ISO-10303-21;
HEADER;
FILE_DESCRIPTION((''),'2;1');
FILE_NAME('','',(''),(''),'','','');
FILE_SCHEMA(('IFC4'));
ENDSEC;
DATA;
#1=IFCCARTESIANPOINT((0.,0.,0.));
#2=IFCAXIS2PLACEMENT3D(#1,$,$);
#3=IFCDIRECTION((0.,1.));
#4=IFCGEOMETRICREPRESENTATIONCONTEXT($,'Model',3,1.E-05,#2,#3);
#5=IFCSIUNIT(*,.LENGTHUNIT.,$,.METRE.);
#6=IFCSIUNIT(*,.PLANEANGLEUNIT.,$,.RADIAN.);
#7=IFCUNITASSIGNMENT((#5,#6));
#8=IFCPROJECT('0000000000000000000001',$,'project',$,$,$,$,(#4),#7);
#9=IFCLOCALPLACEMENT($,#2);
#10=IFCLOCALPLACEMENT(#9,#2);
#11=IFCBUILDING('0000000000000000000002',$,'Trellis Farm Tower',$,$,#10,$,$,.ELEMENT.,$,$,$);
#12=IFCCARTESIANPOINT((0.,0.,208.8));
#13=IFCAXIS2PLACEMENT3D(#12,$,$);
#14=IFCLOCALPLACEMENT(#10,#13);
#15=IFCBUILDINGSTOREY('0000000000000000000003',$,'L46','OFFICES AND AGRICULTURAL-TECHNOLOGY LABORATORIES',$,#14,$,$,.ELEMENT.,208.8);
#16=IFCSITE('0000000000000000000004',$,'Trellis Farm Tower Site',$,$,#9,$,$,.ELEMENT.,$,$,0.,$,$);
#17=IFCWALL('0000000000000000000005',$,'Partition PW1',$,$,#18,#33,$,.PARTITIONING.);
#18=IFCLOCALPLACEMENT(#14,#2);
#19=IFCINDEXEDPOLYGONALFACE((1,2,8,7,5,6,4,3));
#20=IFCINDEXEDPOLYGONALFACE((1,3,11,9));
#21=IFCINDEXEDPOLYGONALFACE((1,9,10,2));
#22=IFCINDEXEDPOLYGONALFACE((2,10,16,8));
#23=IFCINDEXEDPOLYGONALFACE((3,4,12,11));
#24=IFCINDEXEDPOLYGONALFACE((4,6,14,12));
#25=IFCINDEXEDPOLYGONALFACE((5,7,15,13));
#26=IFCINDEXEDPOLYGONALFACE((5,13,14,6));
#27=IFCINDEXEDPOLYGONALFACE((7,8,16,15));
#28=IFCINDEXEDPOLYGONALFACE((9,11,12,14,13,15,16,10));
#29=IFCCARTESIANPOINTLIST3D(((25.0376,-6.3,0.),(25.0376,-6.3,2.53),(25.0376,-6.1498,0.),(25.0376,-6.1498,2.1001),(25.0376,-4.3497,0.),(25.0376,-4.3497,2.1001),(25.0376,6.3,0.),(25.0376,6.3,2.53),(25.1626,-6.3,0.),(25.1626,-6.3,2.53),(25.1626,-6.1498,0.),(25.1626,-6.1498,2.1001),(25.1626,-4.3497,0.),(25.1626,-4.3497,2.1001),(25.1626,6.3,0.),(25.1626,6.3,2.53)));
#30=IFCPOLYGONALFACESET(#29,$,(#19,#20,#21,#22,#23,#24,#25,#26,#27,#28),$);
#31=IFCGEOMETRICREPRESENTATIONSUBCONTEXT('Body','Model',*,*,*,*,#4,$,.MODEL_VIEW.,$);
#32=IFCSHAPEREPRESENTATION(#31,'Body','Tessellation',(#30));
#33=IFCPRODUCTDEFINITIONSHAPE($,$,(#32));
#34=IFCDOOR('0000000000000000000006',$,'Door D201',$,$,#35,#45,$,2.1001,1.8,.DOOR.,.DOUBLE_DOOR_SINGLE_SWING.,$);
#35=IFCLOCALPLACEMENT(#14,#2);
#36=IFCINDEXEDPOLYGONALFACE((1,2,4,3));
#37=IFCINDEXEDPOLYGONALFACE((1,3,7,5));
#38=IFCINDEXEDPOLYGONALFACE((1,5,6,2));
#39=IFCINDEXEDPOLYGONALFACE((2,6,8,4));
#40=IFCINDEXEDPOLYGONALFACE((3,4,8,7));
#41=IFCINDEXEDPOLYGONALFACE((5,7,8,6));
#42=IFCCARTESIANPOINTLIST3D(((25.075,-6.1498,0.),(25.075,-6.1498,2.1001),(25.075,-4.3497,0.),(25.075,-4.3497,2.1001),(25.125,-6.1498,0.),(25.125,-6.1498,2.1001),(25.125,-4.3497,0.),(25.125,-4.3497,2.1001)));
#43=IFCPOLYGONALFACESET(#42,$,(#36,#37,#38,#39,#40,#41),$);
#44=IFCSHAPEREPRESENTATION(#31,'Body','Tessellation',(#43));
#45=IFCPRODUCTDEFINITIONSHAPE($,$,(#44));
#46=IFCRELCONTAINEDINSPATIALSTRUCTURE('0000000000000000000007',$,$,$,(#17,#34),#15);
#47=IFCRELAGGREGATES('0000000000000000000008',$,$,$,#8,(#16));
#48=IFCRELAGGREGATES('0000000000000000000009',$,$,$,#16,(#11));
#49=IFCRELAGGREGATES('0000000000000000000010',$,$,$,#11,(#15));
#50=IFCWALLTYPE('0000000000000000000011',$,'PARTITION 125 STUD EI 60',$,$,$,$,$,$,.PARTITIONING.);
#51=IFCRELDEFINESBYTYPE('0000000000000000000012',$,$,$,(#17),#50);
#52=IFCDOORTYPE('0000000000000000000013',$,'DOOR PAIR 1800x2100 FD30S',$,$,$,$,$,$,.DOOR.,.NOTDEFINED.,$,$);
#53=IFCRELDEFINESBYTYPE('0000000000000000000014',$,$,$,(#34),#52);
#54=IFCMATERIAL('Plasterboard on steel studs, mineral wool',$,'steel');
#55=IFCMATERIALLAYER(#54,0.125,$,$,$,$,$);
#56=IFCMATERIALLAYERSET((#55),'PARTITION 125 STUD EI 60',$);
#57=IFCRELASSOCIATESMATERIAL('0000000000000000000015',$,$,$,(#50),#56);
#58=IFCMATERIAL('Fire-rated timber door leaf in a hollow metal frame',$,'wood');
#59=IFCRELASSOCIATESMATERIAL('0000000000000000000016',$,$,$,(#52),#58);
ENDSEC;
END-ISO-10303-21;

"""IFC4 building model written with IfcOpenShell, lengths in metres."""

from ifc_helpers import new_model, si_unit, direction, frame, frame_2d, origin, place, context, subcontext, project, spatial, rectangle, extrude, source, transform, mapped, material, layer, layer_set, type_object, element, fill, save


model = new_model("IFC4")

# Units and contexts
model_context = context("Model", 3, precision=1e-05, world=origin(), true_north=direction((0.0, 1.0)))
body_context = subcontext(model_context, "Body", "Model", "MODEL_VIEW")
ifc_project = project(units=[si_unit("LENGTHUNIT", "METRE"), si_unit("PLANEANGLEUNIT", "RADIAN")], contexts=[model_context])

# Site, building, storey
site_placement = place(None, origin())
site = spatial("IfcSite", under=ifc_project, at=site_placement, Name="Trellis Farm Tower Site", CompositionType="ELEMENT", RefElevation=0.0)
building_placement = place(site_placement, origin())
building = spatial("IfcBuilding", under=site, at=building_placement, Name="Trellis Farm Tower", CompositionType="ELEMENT")
storey_placement = place(building_placement, frame((0.0, 0.0, 208.8)))
storey = spatial("IfcBuildingStorey", under=building, at=storey_placement, Name="L46", Description="OFFICES AND AGRICULTURAL-TECHNOLOGY LABORATORIES", CompositionType="ELEMENT", Elevation=208.8)

# Wall, opening, door
ifc_material_1 = material(Name="Plasterboard on steel studs, mineral wool", Category="steel")
ifc_layer_1 = layer(ifc_material_1, 0.125)
ifc_layer_set_1 = layer_set([ifc_layer_1], Name="PARTITION 125 STUD EI 60")
wall_type_1 = type_object("IfcWallType", Name="PARTITION 125 STUD EI 60", PredefinedType="PARTITIONING", material=ifc_layer_set_1)
shared_shape_1 = source(origin(), body_context, "Body", "SweptSolid", [
    extrude(rectangle(XDim=12.6001, YDim=0.125, at=frame_2d((6.3, 0.0))), origin(), (0.0, 0.0, 1.0), 2.53),
])
wall_1_placement = place(storey_placement, frame((25.1001, 6.3, 0.0), z_axis=(0.0, 0.0, 1.0), x_axis=(0.0, -1.0, 0.0)))
wall_1 = element("IfcWall", 1, at=wall_1_placement, inside=storey, type_object=wall_type_1, Name="Partition PW1", PredefinedType="PARTITIONING", context=body_context, shape_type="MappedRepresentation", body=[
    mapped(shared_shape_1, transform((0.0, 0.0, 0.0))),
])
shared_shape_2 = source(origin(), body_context, "Body", "SweptSolid", [
    extrude(rectangle(XDim=1.8, YDim=2.1001, at=frame_2d((0.8999, 1.05))), frame((0.0, 0.0725, 0.0), z_axis=(0.0, -1.0, 0.0), x_axis=(1.0, 0.0, 0.0)), (0.0, 0.0, 1.0), 0.145),
])
opening_1_placement = place(wall_1_placement, frame((10.6499, 0.0, 0.0)))
opening_1 = element("IfcOpeningElement", 2, at=opening_1_placement, cuts=wall_1, PredefinedType="OPENING", context=body_context, shape_type="MappedRepresentation", body=[
    mapped(shared_shape_2, transform((0.0, 0.0, 0.0))),
])
ifc_material_2 = material(Name="Fire-rated timber door leaf in a hollow metal frame", Category="wood")
door_type_1 = type_object("IfcDoorType", Name="DOOR PAIR 1800x2100 FD30S", OperationType="NOTDEFINED", PredefinedType="DOOR", material=ifc_material_2)
shared_shape_3 = source(origin(), body_context, "Body", "SweptSolid", [
    extrude(rectangle(XDim=1.8, YDim=2.1001, at=frame_2d((0.8999, 1.05))), frame((0.0, 0.0249, 0.0), z_axis=(0.0, -1.0, 0.0), x_axis=(1.0, 0.0, 0.0)), (0.0, 0.0, 1.0), 0.05),
])
door_1_placement = place(opening_1_placement, origin())
door_1 = element("IfcDoor", 3, at=door_1_placement, inside=storey, type_object=door_type_1, Name="Door D201", OperationType="DOUBLE_DOOR_SINGLE_SWING", OverallHeight=2.1001, OverallWidth=1.8, PredefinedType="DOOR", context=body_context, shape_type="MappedRepresentation", body=[
    mapped(shared_shape_3, transform((0.0, 0.0, 0.0))),
])
fill(opening_1, door_1)

save(model, "model.ifc")
